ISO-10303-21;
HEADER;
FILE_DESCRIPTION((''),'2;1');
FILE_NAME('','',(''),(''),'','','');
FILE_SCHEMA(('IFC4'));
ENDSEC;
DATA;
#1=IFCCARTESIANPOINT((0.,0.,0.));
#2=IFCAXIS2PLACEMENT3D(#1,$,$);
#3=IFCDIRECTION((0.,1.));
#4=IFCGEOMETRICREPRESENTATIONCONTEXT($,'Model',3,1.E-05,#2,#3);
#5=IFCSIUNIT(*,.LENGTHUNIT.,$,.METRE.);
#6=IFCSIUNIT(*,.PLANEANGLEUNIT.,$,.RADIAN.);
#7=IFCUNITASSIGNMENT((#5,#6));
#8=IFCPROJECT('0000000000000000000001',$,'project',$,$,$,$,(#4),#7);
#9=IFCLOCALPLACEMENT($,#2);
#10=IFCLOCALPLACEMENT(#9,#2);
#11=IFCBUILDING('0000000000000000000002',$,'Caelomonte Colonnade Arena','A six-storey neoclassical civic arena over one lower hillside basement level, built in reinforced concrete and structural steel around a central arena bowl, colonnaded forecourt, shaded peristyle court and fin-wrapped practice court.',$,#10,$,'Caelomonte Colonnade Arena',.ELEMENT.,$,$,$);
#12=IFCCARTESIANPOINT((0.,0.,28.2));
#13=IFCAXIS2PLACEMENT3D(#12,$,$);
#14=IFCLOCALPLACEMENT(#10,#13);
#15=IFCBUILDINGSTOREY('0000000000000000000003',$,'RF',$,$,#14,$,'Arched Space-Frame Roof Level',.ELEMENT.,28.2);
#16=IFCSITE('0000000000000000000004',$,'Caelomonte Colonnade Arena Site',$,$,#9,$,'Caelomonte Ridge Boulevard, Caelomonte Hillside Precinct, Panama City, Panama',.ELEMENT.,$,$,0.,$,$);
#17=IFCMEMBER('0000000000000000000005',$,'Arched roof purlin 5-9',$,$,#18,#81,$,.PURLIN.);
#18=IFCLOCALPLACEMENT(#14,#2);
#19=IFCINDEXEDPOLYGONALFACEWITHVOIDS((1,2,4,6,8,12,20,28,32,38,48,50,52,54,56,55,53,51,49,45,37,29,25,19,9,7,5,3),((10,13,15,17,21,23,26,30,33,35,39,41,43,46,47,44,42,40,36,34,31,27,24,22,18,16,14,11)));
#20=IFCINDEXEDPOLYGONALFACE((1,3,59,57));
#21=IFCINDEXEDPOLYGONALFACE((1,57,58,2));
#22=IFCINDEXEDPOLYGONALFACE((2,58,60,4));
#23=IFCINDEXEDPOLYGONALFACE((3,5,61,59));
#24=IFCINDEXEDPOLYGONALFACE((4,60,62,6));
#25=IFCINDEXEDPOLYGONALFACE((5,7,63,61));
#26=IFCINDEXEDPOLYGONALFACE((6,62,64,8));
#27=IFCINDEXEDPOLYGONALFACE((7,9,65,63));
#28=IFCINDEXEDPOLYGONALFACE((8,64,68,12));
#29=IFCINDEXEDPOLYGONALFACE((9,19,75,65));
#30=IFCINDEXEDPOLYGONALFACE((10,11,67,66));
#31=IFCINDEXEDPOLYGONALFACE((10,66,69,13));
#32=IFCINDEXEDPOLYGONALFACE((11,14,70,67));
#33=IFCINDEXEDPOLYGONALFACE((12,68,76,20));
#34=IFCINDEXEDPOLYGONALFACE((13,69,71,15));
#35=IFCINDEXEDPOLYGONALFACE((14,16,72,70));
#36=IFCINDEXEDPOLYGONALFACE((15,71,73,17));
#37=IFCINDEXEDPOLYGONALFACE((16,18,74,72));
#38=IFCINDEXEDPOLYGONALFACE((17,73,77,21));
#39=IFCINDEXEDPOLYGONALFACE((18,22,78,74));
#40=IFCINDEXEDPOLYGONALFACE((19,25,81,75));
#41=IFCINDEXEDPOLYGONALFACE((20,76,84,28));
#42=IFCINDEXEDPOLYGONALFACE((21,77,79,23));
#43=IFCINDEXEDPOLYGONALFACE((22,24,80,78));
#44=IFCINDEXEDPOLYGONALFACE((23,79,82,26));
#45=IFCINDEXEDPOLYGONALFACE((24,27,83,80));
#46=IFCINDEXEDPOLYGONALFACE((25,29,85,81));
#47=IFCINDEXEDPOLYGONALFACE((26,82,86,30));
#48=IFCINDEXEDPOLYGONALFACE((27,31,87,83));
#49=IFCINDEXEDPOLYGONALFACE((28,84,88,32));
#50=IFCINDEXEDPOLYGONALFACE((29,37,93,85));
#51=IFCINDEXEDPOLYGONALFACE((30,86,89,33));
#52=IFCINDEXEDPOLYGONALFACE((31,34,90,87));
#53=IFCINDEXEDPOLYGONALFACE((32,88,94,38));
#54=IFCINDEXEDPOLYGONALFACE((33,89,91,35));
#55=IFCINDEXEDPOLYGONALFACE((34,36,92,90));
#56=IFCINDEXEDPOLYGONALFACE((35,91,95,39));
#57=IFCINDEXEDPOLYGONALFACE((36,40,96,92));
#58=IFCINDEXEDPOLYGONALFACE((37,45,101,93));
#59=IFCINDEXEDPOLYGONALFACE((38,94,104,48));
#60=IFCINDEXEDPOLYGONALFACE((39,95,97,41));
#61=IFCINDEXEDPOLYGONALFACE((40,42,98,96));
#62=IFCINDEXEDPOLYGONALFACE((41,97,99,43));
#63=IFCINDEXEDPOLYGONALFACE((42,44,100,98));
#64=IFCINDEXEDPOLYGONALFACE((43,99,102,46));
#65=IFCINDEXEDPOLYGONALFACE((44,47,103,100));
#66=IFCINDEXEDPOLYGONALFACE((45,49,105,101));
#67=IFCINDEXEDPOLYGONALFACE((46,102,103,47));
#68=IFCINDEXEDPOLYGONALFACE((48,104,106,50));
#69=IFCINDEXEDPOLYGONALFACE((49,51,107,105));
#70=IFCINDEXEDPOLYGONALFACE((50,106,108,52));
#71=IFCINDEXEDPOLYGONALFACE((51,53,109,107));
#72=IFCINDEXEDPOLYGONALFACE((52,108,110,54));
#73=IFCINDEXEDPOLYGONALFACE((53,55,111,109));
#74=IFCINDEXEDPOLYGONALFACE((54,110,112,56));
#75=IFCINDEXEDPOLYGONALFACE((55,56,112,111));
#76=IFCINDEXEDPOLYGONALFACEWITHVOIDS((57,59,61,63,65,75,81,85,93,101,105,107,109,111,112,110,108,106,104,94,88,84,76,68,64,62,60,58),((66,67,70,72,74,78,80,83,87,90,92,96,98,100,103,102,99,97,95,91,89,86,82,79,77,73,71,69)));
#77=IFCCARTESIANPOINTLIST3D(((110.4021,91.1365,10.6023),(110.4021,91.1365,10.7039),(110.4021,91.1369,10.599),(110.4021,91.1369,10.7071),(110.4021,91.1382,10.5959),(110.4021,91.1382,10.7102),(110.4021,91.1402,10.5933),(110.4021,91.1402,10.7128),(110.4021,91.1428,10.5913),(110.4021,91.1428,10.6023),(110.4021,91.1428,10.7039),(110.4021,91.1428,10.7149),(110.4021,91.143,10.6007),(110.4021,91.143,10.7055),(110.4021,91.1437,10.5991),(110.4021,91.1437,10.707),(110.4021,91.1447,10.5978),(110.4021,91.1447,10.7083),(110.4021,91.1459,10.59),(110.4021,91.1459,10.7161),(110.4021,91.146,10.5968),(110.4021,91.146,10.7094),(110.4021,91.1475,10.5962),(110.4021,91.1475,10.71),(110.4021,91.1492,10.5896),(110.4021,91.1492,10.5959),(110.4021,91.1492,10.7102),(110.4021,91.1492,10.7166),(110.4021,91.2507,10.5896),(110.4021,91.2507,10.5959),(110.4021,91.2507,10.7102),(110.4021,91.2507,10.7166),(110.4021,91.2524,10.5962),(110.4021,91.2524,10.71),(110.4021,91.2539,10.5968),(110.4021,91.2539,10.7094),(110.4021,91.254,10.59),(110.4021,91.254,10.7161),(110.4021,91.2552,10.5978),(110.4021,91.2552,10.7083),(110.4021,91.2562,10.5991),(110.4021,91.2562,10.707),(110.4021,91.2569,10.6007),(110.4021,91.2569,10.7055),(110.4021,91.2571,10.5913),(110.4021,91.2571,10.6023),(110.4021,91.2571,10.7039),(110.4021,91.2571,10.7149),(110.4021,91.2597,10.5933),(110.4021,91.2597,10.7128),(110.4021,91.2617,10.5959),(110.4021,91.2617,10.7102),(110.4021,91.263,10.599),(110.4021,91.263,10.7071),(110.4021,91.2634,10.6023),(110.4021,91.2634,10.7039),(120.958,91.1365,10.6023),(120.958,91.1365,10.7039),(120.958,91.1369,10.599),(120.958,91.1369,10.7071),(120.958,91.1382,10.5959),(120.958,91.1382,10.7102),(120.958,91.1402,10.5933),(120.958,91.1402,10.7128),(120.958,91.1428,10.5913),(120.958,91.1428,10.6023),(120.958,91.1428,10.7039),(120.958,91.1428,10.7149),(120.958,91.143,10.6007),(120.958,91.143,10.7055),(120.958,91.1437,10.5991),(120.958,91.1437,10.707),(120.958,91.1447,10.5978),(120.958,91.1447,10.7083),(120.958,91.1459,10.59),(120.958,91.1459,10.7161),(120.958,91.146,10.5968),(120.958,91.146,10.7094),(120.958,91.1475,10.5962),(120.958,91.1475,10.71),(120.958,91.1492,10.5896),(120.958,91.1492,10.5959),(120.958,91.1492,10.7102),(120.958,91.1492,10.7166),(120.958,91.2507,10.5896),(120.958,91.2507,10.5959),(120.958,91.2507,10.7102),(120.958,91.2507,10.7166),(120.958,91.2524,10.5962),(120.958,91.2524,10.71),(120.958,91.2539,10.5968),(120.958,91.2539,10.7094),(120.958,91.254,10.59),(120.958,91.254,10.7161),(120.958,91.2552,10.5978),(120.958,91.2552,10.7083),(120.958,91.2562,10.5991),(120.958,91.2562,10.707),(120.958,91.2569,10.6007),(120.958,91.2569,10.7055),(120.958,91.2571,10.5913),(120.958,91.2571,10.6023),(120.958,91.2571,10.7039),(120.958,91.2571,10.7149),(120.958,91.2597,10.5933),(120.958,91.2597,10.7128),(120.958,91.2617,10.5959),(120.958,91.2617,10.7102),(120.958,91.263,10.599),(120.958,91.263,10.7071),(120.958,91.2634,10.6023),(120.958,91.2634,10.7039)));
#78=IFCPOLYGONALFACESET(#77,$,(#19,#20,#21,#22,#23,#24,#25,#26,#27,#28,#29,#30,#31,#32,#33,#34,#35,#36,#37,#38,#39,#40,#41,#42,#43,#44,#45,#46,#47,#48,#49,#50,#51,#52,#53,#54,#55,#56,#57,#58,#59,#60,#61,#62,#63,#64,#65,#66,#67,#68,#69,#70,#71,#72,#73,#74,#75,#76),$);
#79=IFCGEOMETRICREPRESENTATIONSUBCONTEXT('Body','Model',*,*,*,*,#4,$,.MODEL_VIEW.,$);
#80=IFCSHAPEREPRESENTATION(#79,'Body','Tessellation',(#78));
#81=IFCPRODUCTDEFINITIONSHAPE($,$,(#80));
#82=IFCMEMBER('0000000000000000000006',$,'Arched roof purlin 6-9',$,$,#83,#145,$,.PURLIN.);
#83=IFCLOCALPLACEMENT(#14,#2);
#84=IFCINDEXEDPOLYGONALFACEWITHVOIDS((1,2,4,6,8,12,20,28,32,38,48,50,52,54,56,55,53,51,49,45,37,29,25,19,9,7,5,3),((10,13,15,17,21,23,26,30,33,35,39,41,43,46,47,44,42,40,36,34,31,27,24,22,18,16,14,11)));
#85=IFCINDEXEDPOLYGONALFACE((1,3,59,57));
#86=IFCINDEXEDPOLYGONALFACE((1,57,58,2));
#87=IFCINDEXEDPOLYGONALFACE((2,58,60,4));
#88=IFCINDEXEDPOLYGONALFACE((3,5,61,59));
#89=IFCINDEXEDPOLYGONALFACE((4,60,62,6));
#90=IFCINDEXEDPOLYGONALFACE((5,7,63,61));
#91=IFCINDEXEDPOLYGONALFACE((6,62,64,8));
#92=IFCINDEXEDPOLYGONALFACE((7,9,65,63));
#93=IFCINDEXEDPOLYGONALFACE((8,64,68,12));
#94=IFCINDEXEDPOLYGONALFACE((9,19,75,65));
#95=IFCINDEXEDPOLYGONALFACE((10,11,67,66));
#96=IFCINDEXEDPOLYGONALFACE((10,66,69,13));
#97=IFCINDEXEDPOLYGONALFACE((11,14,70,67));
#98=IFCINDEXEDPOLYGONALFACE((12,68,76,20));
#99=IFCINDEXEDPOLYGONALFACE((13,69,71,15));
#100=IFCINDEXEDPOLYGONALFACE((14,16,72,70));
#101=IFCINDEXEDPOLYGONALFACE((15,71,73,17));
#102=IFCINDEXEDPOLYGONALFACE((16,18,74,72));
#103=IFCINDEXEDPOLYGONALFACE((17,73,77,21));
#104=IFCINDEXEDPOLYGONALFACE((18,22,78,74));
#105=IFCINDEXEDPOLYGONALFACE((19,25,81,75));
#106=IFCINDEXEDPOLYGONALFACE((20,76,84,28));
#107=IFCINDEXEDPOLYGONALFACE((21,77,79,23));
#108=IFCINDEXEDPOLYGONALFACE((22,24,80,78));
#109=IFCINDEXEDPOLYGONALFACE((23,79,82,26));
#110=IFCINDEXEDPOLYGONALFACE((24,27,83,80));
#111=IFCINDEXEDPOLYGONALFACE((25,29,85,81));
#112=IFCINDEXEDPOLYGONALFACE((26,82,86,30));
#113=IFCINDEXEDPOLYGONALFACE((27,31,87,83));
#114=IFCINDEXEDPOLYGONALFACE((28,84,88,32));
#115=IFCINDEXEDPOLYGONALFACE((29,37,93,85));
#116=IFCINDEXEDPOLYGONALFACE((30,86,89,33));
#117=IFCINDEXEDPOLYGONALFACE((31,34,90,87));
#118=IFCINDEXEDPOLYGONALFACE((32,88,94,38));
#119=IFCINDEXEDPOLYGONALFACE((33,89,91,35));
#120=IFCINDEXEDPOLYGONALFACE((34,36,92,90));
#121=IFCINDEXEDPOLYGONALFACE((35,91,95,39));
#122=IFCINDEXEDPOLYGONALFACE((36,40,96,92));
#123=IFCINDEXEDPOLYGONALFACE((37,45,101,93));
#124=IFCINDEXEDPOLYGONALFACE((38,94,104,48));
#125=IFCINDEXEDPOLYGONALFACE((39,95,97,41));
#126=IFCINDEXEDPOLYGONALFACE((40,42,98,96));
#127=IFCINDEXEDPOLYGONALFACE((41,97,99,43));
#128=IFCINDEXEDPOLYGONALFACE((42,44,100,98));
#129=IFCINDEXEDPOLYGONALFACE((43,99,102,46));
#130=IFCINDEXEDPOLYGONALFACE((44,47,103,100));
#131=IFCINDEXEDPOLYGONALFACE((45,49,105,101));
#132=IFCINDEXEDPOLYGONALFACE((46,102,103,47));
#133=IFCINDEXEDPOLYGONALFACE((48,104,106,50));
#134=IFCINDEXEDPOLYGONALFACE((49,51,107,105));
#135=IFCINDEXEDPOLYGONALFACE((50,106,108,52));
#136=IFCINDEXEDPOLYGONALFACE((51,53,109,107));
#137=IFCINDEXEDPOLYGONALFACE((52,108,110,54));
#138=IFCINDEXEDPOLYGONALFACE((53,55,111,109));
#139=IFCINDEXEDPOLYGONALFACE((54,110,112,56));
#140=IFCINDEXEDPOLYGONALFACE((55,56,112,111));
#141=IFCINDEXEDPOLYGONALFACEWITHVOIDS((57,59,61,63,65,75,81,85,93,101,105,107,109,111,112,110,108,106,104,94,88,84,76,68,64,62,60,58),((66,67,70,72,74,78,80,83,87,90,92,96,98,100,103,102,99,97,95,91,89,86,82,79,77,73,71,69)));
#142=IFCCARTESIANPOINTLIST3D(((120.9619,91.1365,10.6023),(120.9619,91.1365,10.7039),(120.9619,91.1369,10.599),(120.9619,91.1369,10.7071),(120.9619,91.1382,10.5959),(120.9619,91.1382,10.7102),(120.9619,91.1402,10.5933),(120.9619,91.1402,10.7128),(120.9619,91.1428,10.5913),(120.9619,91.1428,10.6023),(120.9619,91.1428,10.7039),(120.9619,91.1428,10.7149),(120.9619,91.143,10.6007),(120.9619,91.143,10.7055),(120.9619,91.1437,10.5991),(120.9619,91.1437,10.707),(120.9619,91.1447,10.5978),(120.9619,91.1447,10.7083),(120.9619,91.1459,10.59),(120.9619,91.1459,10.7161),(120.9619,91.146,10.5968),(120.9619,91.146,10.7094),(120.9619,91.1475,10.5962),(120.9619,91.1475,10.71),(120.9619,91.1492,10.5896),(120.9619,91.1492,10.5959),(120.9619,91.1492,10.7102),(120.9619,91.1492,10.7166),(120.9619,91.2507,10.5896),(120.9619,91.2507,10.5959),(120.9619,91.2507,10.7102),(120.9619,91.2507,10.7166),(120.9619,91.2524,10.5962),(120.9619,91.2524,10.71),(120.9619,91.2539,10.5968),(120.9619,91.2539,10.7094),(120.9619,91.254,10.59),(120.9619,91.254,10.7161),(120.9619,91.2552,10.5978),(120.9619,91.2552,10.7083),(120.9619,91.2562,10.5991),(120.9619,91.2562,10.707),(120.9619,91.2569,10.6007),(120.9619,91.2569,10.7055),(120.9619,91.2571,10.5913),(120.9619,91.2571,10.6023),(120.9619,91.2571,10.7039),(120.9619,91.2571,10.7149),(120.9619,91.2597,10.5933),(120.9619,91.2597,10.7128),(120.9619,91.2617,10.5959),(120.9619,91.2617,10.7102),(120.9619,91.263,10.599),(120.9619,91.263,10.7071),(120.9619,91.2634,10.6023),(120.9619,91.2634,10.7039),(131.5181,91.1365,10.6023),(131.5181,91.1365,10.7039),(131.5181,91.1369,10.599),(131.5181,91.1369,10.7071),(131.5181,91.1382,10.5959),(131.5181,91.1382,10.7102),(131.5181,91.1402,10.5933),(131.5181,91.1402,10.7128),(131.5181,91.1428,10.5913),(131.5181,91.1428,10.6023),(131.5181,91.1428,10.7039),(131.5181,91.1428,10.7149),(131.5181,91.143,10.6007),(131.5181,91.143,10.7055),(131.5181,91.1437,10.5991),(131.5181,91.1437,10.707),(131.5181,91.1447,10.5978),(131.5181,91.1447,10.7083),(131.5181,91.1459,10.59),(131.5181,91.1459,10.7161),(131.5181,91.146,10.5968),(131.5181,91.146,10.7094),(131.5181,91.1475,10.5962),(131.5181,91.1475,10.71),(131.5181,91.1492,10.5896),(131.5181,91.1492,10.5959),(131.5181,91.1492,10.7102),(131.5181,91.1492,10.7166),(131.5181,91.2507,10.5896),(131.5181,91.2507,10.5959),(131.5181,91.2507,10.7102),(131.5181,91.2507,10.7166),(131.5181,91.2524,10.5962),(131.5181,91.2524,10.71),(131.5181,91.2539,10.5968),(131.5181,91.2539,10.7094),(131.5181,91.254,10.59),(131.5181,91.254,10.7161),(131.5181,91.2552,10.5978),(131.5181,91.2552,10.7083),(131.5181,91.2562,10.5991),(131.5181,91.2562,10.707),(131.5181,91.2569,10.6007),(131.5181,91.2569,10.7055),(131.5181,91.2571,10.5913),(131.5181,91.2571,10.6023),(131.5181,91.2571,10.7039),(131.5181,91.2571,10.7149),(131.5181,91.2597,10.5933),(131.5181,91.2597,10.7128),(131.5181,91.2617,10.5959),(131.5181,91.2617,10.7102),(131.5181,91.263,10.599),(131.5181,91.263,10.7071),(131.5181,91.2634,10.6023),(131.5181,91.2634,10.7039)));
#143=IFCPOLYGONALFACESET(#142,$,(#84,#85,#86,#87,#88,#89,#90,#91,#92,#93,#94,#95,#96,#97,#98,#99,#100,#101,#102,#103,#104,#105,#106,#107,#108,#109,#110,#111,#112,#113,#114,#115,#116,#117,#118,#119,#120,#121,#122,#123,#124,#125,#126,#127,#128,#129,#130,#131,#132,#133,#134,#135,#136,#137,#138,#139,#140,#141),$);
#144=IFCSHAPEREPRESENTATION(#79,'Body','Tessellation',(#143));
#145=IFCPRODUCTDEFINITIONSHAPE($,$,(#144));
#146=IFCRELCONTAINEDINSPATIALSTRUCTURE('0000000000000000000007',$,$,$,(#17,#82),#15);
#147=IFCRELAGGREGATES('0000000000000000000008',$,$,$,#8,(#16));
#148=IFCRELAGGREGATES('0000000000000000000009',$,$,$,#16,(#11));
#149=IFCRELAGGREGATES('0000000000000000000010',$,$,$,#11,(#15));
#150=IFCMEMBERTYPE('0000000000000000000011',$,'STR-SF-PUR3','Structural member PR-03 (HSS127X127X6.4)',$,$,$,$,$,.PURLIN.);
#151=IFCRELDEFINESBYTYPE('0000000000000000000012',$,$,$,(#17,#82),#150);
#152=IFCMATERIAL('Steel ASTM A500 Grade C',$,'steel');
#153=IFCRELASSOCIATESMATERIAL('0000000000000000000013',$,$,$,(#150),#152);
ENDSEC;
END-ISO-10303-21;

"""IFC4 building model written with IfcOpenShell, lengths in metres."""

from ifc_helpers import new_model, si_unit, direction, frame, origin, origin_2d, place, context, subcontext, project, spatial, hollow_rectangle, extrude, material, material_profile, profile_set, type_object, element, save


model = new_model("IFC4")

# Units and contexts
model_context = context("Model", 3, precision=1e-05, world=origin(), true_north=direction((0.0, 1.0)))
body_context = subcontext(model_context, "Body", "Model", "MODEL_VIEW")
ifc_project = project(units=[si_unit("LENGTHUNIT", "METRE"), si_unit("PLANEANGLEUNIT", "RADIAN")], contexts=[model_context])

# Site, building, storey
site_placement = place(None, origin())
site = spatial("IfcSite", under=ifc_project, at=site_placement, Name="Caelomonte Colonnade Arena Site", LongName="Caelomonte Ridge Boulevard, Caelomonte Hillside Precinct, Panama City, Panama", CompositionType="ELEMENT", RefElevation=0.0)
building_placement = place(site_placement, origin())
building = spatial("IfcBuilding", under=site, at=building_placement, Name="Caelomonte Colonnade Arena", Description="A six-storey neoclassical civic arena over one lower hillside basement level, built in reinforced concrete and structural steel around a central arena bowl, colonnaded forecourt, shaded peristyle court and fin-wrapped practice court.", LongName="Caelomonte Colonnade Arena", CompositionType="ELEMENT")
storey_placement = place(building_placement, frame((0.0, 0.0, 28.2)))
storey = spatial("IfcBuildingStorey", under=building, at=storey_placement, Name="RF", LongName="Arched Space-Frame Roof Level", CompositionType="ELEMENT", Elevation=28.2)

# Members
ifc_material_1 = material(Name="Steel ASTM A500 Grade C", Category="steel")
ifc_material_profile_1 = material_profile(ifc_material_1, hollow_rectangle(XDim=0.127, YDim=0.127, WallThickness=0.0063, InnerFilletRadius=0.0063, OuterFilletRadius=0.0127, at=origin_2d()), Name="HSS127X127X6.4")
ifc_profile_set_1 = profile_set([ifc_material_profile_1], Name="Steel ASTM A500 Grade C")
member_type_1 = type_object("IfcMemberType", Name="STR-SF-PUR3", Description="Structural member PR-03 (HSS127X127X6.4)", PredefinedType="PURLIN", material=ifc_profile_set_1)
member_1_placement = place(storey_placement, frame((110.4021, 91.2, 10.6531), z_axis=(1.0, 0.0, 0.0), x_axis=(0.0, 1.0, 0.0)))
element("IfcMember", 1, at=member_1_placement, inside=storey, type_object=member_type_1, Name="Arched roof purlin 5-9", PredefinedType="PURLIN", context=body_context, shape_type="SweptSolid", body=[
    extrude(hollow_rectangle(XDim=0.127, YDim=0.127, WallThickness=0.0063, InnerFilletRadius=0.0063, OuterFilletRadius=0.0127, at=origin_2d()), origin(), (0.0, 0.0, 1.0), 10.5559),
])
member_2_placement = place(storey_placement, frame((120.9619, 91.2, 10.6531), z_axis=(1.0, 0.0, 0.0), x_axis=(0.0, 1.0, 0.0)))
element("IfcMember", 2, at=member_2_placement, inside=storey, type_object=member_type_1, Name="Arched roof purlin 6-9", PredefinedType="PURLIN", context=body_context, shape_type="SweptSolid", body=[
    extrude(hollow_rectangle(XDim=0.127, YDim=0.127, WallThickness=0.0063, InnerFilletRadius=0.0063, OuterFilletRadius=0.0127, at=origin_2d()), origin(), (0.0, 0.0, 1.0), 10.5562),
])

save(model, "model.ifc")
